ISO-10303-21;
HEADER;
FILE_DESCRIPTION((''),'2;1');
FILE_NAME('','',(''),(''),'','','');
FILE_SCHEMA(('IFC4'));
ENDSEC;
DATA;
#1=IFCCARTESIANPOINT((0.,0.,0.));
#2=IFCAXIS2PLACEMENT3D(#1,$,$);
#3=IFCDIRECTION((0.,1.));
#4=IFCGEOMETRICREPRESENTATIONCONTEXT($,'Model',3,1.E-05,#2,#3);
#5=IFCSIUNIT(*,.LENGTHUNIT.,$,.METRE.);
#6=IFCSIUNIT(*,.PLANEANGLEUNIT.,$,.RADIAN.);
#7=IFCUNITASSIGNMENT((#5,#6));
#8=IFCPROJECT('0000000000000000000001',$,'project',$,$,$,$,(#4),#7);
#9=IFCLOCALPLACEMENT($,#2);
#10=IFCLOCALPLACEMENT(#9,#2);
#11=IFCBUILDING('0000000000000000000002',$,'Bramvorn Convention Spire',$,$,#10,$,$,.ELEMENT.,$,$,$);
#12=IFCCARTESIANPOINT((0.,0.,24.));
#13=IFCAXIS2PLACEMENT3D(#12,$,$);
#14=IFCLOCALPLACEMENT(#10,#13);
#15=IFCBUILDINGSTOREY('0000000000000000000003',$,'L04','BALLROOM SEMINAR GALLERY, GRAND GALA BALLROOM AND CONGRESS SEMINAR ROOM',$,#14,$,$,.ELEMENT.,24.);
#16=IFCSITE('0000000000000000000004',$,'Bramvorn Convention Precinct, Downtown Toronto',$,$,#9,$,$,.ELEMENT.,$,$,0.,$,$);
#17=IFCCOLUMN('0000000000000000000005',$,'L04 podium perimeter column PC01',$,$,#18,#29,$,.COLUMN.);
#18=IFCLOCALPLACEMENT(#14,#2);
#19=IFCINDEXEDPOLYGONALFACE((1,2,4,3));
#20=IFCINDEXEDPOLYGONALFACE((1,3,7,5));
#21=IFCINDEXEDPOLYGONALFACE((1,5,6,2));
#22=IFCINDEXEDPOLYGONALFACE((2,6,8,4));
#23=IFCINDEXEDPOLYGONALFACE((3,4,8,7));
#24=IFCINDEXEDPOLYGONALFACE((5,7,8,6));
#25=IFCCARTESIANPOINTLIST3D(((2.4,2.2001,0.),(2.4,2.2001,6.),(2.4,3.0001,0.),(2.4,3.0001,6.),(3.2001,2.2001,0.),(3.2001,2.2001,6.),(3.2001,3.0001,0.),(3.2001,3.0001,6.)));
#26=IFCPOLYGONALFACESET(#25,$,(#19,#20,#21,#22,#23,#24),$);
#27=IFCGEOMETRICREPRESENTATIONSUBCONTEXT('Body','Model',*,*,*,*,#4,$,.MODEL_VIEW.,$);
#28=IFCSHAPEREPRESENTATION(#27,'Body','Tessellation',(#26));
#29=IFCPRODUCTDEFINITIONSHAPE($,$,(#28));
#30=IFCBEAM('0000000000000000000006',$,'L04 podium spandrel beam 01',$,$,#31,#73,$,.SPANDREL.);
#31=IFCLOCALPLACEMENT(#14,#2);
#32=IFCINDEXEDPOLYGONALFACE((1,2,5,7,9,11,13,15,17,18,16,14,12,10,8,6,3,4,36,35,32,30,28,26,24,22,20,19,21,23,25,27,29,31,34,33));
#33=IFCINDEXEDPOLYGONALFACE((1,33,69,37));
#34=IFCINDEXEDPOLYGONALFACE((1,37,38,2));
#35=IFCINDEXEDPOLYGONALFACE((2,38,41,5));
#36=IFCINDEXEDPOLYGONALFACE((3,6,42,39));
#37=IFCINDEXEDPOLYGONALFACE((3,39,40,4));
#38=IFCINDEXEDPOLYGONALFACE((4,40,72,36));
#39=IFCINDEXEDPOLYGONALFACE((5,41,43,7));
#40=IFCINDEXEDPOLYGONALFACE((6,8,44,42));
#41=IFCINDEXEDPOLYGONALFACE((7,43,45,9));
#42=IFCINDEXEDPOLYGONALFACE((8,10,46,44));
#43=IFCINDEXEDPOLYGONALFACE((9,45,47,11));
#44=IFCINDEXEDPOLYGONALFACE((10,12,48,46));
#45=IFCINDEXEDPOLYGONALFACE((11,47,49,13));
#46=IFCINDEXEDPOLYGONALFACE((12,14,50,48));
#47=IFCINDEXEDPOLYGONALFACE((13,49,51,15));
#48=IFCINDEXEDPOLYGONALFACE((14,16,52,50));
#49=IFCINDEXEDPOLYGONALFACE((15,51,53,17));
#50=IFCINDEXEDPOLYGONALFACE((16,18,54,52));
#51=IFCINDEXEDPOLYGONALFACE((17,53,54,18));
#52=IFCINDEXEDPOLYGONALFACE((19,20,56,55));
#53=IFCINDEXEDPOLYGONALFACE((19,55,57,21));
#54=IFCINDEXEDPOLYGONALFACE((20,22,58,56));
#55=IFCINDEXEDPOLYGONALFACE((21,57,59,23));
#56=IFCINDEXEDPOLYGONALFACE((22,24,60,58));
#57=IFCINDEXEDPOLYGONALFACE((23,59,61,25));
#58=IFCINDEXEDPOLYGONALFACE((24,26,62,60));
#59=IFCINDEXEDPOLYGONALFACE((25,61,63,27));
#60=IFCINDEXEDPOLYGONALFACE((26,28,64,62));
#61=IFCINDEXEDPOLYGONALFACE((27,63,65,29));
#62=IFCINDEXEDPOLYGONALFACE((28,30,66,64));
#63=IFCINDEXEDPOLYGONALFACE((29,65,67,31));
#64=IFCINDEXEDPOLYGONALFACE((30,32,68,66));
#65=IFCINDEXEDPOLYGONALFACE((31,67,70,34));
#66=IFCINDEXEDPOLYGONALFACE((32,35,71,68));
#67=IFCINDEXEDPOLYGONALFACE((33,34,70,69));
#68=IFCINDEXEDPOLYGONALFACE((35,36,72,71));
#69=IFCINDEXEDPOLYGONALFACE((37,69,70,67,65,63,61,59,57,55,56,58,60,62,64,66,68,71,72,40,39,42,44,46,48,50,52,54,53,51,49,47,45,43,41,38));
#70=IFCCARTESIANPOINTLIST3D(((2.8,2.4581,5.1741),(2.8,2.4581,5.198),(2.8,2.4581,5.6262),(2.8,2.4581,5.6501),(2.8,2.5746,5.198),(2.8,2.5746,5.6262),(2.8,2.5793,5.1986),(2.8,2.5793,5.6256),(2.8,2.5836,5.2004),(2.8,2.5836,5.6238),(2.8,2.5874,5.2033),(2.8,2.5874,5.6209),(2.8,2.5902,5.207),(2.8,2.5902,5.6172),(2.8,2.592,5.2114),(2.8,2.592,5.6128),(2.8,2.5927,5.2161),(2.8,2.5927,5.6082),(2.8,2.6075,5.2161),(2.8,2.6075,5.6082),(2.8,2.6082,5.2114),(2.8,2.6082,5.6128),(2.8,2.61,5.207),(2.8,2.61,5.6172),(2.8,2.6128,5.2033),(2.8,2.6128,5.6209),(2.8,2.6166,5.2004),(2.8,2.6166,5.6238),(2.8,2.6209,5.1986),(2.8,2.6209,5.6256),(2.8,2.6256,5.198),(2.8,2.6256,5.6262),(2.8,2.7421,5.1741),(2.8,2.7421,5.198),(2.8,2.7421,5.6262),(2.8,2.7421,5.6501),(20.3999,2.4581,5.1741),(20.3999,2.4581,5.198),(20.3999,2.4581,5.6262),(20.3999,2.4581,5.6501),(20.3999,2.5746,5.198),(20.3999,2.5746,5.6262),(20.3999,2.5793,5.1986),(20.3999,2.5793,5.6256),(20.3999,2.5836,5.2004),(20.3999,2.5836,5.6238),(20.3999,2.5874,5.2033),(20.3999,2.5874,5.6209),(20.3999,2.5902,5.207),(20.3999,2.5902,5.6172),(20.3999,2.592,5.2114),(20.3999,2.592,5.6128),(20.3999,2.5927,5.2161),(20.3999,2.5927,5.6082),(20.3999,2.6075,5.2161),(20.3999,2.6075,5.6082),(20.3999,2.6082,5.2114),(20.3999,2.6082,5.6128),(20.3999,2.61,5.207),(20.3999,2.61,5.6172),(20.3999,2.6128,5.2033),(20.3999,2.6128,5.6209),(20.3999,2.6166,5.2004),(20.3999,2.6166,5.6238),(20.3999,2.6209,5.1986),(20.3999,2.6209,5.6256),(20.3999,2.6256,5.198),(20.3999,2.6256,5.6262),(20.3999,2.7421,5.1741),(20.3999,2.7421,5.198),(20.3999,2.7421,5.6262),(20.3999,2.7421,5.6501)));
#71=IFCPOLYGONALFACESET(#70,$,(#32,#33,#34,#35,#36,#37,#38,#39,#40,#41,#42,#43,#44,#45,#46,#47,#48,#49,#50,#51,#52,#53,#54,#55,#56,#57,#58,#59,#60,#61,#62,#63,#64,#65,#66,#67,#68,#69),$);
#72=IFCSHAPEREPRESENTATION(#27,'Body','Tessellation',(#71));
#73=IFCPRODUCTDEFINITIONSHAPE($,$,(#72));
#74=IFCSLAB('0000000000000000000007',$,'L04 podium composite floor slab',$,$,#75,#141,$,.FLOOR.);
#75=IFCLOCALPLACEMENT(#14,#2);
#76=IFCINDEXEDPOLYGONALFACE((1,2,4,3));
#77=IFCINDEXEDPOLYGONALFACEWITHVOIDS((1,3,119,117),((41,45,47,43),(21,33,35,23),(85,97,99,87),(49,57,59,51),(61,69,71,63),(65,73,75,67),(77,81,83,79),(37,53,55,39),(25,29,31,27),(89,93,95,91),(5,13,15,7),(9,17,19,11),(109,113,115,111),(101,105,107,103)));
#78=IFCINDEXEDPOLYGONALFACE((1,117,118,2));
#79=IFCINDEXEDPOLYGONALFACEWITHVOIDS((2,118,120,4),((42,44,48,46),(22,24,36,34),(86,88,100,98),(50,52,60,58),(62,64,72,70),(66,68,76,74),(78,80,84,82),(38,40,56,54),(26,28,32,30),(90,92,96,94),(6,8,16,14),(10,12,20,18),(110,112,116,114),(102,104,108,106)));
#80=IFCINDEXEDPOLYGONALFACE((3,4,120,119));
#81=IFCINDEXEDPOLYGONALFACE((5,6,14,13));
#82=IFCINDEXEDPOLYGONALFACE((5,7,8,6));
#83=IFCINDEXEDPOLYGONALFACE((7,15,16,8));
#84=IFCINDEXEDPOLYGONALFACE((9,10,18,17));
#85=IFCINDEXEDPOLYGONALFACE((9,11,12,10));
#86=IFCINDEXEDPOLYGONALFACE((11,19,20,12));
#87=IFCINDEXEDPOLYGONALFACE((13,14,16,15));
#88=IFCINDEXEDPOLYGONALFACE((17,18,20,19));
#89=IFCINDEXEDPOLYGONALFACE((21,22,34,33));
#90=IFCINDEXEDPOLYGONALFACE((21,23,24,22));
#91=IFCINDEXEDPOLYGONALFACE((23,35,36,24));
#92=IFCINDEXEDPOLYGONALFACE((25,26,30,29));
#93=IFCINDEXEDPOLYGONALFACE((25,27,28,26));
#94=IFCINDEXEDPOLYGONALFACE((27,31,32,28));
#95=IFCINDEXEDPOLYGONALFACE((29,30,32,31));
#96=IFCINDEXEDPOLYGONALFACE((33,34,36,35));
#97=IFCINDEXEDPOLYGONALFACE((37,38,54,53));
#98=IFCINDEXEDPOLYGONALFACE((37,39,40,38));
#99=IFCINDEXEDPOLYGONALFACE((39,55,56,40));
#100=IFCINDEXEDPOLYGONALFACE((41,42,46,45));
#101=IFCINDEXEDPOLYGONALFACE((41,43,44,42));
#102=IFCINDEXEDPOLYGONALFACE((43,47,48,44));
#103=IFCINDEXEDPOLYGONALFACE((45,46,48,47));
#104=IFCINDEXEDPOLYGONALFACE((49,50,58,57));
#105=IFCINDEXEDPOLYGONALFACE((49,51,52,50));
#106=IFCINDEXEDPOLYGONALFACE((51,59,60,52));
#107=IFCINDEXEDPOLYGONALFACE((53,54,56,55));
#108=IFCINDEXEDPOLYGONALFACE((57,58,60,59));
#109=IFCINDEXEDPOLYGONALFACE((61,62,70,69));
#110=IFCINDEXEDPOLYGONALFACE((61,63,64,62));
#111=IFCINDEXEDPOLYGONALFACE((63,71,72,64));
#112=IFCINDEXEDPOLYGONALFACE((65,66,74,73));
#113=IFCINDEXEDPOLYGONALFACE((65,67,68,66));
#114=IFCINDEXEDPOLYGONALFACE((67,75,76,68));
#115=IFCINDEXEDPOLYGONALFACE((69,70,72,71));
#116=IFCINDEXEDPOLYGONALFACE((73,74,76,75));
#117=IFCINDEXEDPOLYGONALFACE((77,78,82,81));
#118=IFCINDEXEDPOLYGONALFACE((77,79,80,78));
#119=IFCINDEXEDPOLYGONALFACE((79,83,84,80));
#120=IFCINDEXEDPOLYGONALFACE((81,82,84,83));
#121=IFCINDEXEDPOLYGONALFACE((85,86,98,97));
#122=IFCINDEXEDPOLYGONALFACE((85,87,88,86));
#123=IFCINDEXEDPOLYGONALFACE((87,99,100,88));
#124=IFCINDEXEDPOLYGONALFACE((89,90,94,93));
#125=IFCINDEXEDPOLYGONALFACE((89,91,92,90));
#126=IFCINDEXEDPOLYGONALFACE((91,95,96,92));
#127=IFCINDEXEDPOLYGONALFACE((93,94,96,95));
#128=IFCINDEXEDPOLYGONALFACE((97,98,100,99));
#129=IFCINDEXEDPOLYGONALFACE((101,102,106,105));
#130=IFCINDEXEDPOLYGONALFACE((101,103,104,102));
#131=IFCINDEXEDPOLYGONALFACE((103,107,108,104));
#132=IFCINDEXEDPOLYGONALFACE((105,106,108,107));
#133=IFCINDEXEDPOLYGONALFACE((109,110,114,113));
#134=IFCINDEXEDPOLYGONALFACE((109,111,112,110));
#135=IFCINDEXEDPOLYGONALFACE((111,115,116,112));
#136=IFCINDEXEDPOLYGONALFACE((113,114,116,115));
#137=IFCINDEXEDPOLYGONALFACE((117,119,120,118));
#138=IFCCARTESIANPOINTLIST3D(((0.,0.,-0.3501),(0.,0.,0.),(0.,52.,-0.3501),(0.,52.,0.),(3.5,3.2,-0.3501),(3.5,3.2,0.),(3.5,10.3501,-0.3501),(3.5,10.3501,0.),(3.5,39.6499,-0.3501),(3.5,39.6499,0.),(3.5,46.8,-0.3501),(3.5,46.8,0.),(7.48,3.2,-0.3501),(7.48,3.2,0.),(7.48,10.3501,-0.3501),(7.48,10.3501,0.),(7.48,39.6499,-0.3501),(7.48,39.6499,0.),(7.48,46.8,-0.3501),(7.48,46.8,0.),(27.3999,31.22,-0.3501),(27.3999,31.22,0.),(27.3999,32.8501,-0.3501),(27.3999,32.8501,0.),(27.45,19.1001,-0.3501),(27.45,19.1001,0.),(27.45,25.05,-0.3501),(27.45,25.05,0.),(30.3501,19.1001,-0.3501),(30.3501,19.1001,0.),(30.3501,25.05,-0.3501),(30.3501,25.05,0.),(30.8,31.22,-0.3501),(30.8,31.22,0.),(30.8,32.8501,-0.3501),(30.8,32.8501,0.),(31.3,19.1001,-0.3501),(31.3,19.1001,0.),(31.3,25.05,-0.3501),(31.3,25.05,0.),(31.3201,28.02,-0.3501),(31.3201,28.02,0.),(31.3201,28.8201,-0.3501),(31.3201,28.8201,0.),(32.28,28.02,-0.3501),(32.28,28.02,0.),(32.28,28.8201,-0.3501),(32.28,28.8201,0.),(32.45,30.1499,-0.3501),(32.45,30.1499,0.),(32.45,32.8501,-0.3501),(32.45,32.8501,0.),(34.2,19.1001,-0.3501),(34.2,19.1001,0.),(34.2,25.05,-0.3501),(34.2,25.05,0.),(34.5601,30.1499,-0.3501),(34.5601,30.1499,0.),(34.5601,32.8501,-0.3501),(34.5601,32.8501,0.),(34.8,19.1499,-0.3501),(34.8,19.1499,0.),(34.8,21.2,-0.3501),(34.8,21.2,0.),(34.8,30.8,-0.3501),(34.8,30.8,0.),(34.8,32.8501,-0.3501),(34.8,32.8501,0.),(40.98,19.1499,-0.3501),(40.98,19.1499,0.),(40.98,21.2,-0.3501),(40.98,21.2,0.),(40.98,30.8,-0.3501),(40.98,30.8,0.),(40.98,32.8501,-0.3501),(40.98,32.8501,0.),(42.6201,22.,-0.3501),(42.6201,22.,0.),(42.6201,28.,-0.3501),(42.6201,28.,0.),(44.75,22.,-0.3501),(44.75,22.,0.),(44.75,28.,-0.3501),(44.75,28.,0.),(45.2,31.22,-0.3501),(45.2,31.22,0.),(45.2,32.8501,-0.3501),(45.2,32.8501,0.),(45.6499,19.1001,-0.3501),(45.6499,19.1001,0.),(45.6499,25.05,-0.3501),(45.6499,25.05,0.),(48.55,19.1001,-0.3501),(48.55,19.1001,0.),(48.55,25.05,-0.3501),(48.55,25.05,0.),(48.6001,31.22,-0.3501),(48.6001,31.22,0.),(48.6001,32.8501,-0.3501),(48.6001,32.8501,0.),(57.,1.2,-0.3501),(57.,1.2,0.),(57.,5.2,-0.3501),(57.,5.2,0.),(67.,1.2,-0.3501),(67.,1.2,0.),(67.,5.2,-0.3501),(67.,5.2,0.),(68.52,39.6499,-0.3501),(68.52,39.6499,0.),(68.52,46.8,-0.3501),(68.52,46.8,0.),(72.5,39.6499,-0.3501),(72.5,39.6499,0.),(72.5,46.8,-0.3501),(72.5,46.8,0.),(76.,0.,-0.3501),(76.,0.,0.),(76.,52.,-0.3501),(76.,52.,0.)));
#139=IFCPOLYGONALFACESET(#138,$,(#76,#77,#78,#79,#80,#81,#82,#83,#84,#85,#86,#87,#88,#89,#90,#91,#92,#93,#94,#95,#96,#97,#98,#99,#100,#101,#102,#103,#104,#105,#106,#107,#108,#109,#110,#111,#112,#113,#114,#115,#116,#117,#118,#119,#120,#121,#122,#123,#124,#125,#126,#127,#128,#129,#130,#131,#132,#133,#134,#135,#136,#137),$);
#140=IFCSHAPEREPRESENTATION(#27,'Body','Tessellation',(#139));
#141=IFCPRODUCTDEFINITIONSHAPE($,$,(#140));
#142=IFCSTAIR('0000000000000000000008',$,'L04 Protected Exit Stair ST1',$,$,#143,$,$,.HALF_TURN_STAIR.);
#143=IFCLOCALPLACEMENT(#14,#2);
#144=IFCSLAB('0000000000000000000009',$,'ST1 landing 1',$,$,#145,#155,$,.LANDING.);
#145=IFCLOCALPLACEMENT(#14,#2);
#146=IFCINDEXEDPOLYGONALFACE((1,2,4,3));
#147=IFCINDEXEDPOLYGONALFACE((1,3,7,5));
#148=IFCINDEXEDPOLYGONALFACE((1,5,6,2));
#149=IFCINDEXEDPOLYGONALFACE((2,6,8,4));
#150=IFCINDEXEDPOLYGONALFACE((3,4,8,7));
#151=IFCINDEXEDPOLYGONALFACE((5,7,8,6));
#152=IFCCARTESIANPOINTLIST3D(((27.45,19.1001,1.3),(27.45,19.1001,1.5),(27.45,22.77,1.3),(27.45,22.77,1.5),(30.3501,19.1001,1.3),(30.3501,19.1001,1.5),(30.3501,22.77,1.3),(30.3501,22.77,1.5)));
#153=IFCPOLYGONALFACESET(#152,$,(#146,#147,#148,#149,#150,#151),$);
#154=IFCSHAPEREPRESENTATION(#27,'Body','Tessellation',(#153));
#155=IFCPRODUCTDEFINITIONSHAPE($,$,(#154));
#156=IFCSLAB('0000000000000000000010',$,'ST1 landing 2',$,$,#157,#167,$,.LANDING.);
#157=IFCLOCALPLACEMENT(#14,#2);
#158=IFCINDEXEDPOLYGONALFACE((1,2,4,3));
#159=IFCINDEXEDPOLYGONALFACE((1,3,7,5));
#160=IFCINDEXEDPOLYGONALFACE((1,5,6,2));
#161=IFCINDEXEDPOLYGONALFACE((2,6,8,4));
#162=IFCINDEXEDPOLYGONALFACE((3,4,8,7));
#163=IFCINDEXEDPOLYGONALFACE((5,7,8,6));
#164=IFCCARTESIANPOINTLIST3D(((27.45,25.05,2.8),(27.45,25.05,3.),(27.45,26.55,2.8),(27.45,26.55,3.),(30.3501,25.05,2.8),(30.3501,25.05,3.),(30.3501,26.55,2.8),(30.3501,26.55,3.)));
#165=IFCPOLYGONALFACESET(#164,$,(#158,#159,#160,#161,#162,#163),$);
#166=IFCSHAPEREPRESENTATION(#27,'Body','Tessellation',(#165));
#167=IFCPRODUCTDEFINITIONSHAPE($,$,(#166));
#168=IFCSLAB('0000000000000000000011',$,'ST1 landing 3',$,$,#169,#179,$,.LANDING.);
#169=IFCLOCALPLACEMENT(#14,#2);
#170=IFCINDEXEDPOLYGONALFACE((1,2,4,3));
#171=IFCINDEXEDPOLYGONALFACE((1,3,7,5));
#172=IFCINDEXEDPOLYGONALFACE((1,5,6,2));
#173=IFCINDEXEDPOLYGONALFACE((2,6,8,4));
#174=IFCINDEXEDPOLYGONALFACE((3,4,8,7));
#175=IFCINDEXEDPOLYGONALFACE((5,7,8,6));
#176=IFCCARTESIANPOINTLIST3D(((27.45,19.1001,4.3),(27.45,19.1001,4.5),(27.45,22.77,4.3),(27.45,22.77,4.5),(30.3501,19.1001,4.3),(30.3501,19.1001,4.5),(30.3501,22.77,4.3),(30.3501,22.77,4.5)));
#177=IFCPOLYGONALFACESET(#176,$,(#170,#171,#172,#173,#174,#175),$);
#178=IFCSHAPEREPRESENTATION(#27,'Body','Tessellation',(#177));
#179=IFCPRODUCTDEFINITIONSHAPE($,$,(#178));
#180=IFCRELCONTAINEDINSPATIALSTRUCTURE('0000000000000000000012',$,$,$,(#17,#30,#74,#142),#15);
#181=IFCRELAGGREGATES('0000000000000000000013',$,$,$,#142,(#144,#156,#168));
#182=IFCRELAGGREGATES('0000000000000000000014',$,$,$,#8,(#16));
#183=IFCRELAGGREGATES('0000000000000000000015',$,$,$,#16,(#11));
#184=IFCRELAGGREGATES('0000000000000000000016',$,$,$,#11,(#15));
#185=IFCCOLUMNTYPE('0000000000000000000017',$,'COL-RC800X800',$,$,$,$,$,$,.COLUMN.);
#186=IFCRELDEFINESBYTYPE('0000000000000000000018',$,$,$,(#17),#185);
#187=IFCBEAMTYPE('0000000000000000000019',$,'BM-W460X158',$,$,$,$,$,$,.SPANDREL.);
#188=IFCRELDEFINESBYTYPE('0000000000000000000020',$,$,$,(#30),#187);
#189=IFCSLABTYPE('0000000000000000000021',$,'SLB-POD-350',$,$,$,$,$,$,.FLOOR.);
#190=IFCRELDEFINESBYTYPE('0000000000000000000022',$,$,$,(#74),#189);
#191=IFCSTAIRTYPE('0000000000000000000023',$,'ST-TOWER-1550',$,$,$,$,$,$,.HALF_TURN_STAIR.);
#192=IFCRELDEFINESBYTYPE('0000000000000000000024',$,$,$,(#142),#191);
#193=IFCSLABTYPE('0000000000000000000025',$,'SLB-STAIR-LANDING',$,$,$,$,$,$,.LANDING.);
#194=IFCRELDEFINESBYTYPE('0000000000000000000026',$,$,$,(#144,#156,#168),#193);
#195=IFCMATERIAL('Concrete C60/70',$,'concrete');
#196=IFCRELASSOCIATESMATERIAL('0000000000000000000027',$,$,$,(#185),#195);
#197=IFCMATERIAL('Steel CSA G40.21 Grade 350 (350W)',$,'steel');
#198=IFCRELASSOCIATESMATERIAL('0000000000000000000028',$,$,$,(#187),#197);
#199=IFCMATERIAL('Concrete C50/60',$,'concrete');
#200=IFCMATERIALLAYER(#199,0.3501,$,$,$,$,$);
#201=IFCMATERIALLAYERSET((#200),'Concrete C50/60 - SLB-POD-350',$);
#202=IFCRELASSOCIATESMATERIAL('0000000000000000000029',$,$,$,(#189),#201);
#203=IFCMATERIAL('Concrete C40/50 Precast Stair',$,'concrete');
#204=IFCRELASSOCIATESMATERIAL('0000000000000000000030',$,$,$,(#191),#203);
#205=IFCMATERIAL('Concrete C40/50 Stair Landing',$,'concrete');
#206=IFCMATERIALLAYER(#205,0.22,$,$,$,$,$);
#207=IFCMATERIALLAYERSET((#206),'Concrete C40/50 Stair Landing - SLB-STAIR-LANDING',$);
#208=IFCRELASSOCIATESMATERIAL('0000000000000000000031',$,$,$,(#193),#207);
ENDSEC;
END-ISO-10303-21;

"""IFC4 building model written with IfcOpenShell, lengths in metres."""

from ifc_helpers import new_model, si_unit, direction, frame, origin, origin_2d, place, context, subcontext, project, spatial, polyline, rectangle, i_section, outline, extrude, material, layer, layer_set, material_profile, profile_set, type_object, element, aggregate, save


model = new_model("IFC4")

# Units and contexts
model_context = context("Model", 3, precision=1e-05, world=origin(), true_north=direction((0.0, 1.0)))
body_context = subcontext(model_context, "Body", "Model", "MODEL_VIEW")
ifc_project = project(units=[si_unit("LENGTHUNIT", "METRE"), si_unit("PLANEANGLEUNIT", "RADIAN")], contexts=[model_context])

# Site, building, storey
site_placement = place(None, origin())
site = spatial("IfcSite", under=ifc_project, at=site_placement, Name="Bramvorn Convention Precinct, Downtown Toronto", CompositionType="ELEMENT", RefElevation=0.0)
building_placement = place(site_placement, origin())
building = spatial("IfcBuilding", under=site, at=building_placement, Name="Bramvorn Convention Spire", CompositionType="ELEMENT")
storey_placement = place(building_placement, frame((0.0, 0.0, 24.0)))
storey = spatial("IfcBuildingStorey", under=building, at=storey_placement, Name="L04", Description="BALLROOM SEMINAR GALLERY, GRAND GALA BALLROOM AND CONGRESS SEMINAR ROOM", CompositionType="ELEMENT", Elevation=24.0)

# Column
ifc_material_1 = material(Name="Concrete C60/70", Category="concrete")
ifc_material_profile_1 = material_profile(ifc_material_1, rectangle(XDim=0.8, YDim=0.8, at=origin_2d()))
ifc_profile_set_1 = profile_set([ifc_material_profile_1], Name="Concrete C60/70 - RC800X800")
column_type = type_object("IfcColumnType", Name="COL-RC800X800", PredefinedType="COLUMN", material=ifc_profile_set_1)
column_placement = place(storey_placement, frame((2.8, 2.6001, 0.0), z_axis=(0.0, 0.0, 1.0), x_axis=(1.0, 0.0, 0.0)))
element("IfcColumn", 1, at=column_placement, inside=storey, type_object=column_type, Name="L04 podium perimeter column PC01", PredefinedType="COLUMN", context=body_context, shape_type="SweptSolid", body=[
    extrude(rectangle(XDim=0.8, YDim=0.8, at=origin_2d()), origin(), (0.0, 0.0, 1.0), 6.0),
])

# Beam
ifc_material_2 = material(Name="Steel CSA G40.21 Grade 350 (350W)", Category="steel")
ifc_material_profile_2 = material_profile(ifc_material_2, i_section(OverallWidth=0.2839, OverallDepth=0.4761, WebThickness=0.0149, FlangeThickness=0.0239, FilletRadius=0.0181, at=origin_2d()))
ifc_profile_set_2 = profile_set([ifc_material_profile_2], Name="Steel CSA G40.21 Grade 350 (350W) - W460X158")
beam_type = type_object("IfcBeamType", Name="BM-W460X158", PredefinedType="SPANDREL", material=ifc_profile_set_2)
beam_placement = place(storey_placement, frame((2.8, 2.6001, 5.4121), z_axis=(1.0, 0.0, 0.0), x_axis=(0.0, 1.0, 0.0)))
element("IfcBeam", 2, at=beam_placement, inside=storey, type_object=beam_type, Name="L04 podium spandrel beam 01", PredefinedType="SPANDREL", context=body_context, shape_type="SweptSolid", body=[
    extrude(i_section(OverallWidth=0.2839, OverallDepth=0.4761, WebThickness=0.0149, FlangeThickness=0.0239, FilletRadius=0.0181, at=origin_2d()), origin(), (0.0, 0.0, 1.0), 17.5999),
])

# Slab
ifc_material_3 = material(Name="Concrete C50/60", Category="concrete")
ifc_layer_1 = layer(ifc_material_3, 0.3501)
ifc_layer_set_1 = layer_set([ifc_layer_1], Name="Concrete C50/60 - SLB-POD-350")
slab_type_1 = type_object("IfcSlabType", Name="SLB-POD-350", PredefinedType="FLOOR", material=ifc_layer_set_1)
slab_1_placement = place(storey_placement, frame((0.0, 0.0, -0.3501)))
element("IfcSlab", 3, at=slab_1_placement, inside=storey, type_object=slab_type_1, Name="L04 podium composite floor slab", PredefinedType="FLOOR", context=body_context, shape_type="SweptSolid", body=[
    extrude(outline(polyline([(0.0, 0.0), (76.0, 0.0), (76.0, 52.0), (0.0, 52.0), (0.0, 0.0)]), holes=[polyline([(27.45, 25.05), (27.45, 19.1001), (30.3501, 19.1001), (30.3501, 25.05), (27.45, 25.05)]), polyline([(45.6499, 25.05), (45.6499, 19.1001), (48.55, 19.1001), (48.55, 25.05), (45.6499, 25.05)]), polyline([(31.3, 25.05), (31.3, 19.1001), (34.2, 19.1001), (34.2, 25.05), (31.3, 25.05)]), polyline([(3.5, 10.3501), (3.5, 3.2), (7.48, 3.2), (7.48, 10.3501), (3.5, 10.3501)]), polyline([(68.52, 46.8), (68.52, 39.6499), (72.5, 39.6499), (72.5, 46.8), (68.52, 46.8)]), polyline([(3.5, 46.8), (3.5, 39.6499), (7.48, 39.6499), (7.48, 46.8), (3.5, 46.8)]), polyline([(27.3999, 31.22), (30.8, 31.22), (30.8, 32.8501), (27.3999, 32.8501), (27.3999, 31.22)]), polyline([(45.2, 31.22), (48.6001, 31.22), (48.6001, 32.8501), (45.2, 32.8501), (45.2, 31.22)]), polyline([(32.45, 30.1499), (34.5601, 30.1499), (34.5601, 32.8501), (32.45, 32.8501), (32.45, 30.1499)]), polyline([(34.8, 30.8), (40.98, 30.8), (40.98, 32.8501), (34.8, 32.8501), (34.8, 30.8)]), polyline([(34.8, 19.1499), (40.98, 19.1499), (40.98, 21.2), (34.8, 21.2), (34.8, 19.1499)]), polyline([(42.6201, 22.0), (44.75, 22.0), (44.75, 28.0), (42.6201, 28.0), (42.6201, 22.0)]), polyline([(31.3201, 28.02), (32.28, 28.02), (32.28, 28.8201), (31.3201, 28.8201), (31.3201, 28.02)]), polyline([(57.0, 1.2), (67.0, 1.2), (67.0, 5.2), (57.0, 5.2), (57.0, 1.2)])]), origin(), (0.0, 0.0, 1.0), 0.3501),
])

# Stair, slabs
ifc_material_4 = material(Name="Concrete C40/50 Precast Stair", Category="concrete")
stair_type_1 = type_object("IfcStairType", Name="ST-TOWER-1550", PredefinedType="HALF_TURN_STAIR", material=ifc_material_4)
stair_1_placement = place(storey_placement, origin())
stair_1 = element("IfcStair", 4, at=stair_1_placement, inside=storey, type_object=stair_type_1, Name="L04 Protected Exit Stair ST1", PredefinedType="HALF_TURN_STAIR")
ifc_material_5 = material(Name="Concrete C40/50 Stair Landing", Category="concrete")
ifc_layer_2 = layer(ifc_material_5, 0.22)
ifc_layer_set_2 = layer_set([ifc_layer_2], Name="Concrete C40/50 Stair Landing - SLB-STAIR-LANDING")
slab_type_2 = type_object("IfcSlabType", Name="SLB-STAIR-LANDING", PredefinedType="LANDING", material=ifc_layer_set_2)
slab_2_placement = place(storey_placement, frame((0.0, 0.0, 1.3)))
slab_2 = element("IfcSlab", 5, at=slab_2_placement, type_object=slab_type_2, Name="ST1 landing 1", PredefinedType="LANDING", context=body_context, shape_type="SweptSolid", body=[
    extrude(outline(polyline([(27.45, 22.77), (27.45, 19.1001), (30.3501, 19.1001), (30.3501, 22.77), (27.45, 22.77)])), origin(), (0.0, 0.0, 1.0), 0.2),
])
slab_3_placement = place(storey_placement, frame((0.0, 0.0, 2.8)))
slab_3 = element("IfcSlab", 6, at=slab_3_placement, type_object=slab_type_2, Name="ST1 landing 2", PredefinedType="LANDING", context=body_context, shape_type="SweptSolid", body=[
    extrude(outline(polyline([(27.45, 26.55), (27.45, 25.05), (30.3501, 25.05), (30.3501, 26.55), (27.45, 26.55)])), origin(), (0.0, 0.0, 1.0), 0.2),
])
slab_4_placement = place(storey_placement, frame((0.0, 0.0, 4.3)))
slab_4 = element("IfcSlab", 7, at=slab_4_placement, type_object=slab_type_2, Name="ST1 landing 3", PredefinedType="LANDING", context=body_context, shape_type="SweptSolid", body=[
    extrude(outline(polyline([(27.45, 22.77), (27.45, 19.1001), (30.3501, 19.1001), (30.3501, 22.77), (27.45, 22.77)])), origin(), (0.0, 0.0, 1.0), 0.2),
])
aggregate(stair_1, [slab_2, slab_3, slab_4])

save(model, "model.ifc")
